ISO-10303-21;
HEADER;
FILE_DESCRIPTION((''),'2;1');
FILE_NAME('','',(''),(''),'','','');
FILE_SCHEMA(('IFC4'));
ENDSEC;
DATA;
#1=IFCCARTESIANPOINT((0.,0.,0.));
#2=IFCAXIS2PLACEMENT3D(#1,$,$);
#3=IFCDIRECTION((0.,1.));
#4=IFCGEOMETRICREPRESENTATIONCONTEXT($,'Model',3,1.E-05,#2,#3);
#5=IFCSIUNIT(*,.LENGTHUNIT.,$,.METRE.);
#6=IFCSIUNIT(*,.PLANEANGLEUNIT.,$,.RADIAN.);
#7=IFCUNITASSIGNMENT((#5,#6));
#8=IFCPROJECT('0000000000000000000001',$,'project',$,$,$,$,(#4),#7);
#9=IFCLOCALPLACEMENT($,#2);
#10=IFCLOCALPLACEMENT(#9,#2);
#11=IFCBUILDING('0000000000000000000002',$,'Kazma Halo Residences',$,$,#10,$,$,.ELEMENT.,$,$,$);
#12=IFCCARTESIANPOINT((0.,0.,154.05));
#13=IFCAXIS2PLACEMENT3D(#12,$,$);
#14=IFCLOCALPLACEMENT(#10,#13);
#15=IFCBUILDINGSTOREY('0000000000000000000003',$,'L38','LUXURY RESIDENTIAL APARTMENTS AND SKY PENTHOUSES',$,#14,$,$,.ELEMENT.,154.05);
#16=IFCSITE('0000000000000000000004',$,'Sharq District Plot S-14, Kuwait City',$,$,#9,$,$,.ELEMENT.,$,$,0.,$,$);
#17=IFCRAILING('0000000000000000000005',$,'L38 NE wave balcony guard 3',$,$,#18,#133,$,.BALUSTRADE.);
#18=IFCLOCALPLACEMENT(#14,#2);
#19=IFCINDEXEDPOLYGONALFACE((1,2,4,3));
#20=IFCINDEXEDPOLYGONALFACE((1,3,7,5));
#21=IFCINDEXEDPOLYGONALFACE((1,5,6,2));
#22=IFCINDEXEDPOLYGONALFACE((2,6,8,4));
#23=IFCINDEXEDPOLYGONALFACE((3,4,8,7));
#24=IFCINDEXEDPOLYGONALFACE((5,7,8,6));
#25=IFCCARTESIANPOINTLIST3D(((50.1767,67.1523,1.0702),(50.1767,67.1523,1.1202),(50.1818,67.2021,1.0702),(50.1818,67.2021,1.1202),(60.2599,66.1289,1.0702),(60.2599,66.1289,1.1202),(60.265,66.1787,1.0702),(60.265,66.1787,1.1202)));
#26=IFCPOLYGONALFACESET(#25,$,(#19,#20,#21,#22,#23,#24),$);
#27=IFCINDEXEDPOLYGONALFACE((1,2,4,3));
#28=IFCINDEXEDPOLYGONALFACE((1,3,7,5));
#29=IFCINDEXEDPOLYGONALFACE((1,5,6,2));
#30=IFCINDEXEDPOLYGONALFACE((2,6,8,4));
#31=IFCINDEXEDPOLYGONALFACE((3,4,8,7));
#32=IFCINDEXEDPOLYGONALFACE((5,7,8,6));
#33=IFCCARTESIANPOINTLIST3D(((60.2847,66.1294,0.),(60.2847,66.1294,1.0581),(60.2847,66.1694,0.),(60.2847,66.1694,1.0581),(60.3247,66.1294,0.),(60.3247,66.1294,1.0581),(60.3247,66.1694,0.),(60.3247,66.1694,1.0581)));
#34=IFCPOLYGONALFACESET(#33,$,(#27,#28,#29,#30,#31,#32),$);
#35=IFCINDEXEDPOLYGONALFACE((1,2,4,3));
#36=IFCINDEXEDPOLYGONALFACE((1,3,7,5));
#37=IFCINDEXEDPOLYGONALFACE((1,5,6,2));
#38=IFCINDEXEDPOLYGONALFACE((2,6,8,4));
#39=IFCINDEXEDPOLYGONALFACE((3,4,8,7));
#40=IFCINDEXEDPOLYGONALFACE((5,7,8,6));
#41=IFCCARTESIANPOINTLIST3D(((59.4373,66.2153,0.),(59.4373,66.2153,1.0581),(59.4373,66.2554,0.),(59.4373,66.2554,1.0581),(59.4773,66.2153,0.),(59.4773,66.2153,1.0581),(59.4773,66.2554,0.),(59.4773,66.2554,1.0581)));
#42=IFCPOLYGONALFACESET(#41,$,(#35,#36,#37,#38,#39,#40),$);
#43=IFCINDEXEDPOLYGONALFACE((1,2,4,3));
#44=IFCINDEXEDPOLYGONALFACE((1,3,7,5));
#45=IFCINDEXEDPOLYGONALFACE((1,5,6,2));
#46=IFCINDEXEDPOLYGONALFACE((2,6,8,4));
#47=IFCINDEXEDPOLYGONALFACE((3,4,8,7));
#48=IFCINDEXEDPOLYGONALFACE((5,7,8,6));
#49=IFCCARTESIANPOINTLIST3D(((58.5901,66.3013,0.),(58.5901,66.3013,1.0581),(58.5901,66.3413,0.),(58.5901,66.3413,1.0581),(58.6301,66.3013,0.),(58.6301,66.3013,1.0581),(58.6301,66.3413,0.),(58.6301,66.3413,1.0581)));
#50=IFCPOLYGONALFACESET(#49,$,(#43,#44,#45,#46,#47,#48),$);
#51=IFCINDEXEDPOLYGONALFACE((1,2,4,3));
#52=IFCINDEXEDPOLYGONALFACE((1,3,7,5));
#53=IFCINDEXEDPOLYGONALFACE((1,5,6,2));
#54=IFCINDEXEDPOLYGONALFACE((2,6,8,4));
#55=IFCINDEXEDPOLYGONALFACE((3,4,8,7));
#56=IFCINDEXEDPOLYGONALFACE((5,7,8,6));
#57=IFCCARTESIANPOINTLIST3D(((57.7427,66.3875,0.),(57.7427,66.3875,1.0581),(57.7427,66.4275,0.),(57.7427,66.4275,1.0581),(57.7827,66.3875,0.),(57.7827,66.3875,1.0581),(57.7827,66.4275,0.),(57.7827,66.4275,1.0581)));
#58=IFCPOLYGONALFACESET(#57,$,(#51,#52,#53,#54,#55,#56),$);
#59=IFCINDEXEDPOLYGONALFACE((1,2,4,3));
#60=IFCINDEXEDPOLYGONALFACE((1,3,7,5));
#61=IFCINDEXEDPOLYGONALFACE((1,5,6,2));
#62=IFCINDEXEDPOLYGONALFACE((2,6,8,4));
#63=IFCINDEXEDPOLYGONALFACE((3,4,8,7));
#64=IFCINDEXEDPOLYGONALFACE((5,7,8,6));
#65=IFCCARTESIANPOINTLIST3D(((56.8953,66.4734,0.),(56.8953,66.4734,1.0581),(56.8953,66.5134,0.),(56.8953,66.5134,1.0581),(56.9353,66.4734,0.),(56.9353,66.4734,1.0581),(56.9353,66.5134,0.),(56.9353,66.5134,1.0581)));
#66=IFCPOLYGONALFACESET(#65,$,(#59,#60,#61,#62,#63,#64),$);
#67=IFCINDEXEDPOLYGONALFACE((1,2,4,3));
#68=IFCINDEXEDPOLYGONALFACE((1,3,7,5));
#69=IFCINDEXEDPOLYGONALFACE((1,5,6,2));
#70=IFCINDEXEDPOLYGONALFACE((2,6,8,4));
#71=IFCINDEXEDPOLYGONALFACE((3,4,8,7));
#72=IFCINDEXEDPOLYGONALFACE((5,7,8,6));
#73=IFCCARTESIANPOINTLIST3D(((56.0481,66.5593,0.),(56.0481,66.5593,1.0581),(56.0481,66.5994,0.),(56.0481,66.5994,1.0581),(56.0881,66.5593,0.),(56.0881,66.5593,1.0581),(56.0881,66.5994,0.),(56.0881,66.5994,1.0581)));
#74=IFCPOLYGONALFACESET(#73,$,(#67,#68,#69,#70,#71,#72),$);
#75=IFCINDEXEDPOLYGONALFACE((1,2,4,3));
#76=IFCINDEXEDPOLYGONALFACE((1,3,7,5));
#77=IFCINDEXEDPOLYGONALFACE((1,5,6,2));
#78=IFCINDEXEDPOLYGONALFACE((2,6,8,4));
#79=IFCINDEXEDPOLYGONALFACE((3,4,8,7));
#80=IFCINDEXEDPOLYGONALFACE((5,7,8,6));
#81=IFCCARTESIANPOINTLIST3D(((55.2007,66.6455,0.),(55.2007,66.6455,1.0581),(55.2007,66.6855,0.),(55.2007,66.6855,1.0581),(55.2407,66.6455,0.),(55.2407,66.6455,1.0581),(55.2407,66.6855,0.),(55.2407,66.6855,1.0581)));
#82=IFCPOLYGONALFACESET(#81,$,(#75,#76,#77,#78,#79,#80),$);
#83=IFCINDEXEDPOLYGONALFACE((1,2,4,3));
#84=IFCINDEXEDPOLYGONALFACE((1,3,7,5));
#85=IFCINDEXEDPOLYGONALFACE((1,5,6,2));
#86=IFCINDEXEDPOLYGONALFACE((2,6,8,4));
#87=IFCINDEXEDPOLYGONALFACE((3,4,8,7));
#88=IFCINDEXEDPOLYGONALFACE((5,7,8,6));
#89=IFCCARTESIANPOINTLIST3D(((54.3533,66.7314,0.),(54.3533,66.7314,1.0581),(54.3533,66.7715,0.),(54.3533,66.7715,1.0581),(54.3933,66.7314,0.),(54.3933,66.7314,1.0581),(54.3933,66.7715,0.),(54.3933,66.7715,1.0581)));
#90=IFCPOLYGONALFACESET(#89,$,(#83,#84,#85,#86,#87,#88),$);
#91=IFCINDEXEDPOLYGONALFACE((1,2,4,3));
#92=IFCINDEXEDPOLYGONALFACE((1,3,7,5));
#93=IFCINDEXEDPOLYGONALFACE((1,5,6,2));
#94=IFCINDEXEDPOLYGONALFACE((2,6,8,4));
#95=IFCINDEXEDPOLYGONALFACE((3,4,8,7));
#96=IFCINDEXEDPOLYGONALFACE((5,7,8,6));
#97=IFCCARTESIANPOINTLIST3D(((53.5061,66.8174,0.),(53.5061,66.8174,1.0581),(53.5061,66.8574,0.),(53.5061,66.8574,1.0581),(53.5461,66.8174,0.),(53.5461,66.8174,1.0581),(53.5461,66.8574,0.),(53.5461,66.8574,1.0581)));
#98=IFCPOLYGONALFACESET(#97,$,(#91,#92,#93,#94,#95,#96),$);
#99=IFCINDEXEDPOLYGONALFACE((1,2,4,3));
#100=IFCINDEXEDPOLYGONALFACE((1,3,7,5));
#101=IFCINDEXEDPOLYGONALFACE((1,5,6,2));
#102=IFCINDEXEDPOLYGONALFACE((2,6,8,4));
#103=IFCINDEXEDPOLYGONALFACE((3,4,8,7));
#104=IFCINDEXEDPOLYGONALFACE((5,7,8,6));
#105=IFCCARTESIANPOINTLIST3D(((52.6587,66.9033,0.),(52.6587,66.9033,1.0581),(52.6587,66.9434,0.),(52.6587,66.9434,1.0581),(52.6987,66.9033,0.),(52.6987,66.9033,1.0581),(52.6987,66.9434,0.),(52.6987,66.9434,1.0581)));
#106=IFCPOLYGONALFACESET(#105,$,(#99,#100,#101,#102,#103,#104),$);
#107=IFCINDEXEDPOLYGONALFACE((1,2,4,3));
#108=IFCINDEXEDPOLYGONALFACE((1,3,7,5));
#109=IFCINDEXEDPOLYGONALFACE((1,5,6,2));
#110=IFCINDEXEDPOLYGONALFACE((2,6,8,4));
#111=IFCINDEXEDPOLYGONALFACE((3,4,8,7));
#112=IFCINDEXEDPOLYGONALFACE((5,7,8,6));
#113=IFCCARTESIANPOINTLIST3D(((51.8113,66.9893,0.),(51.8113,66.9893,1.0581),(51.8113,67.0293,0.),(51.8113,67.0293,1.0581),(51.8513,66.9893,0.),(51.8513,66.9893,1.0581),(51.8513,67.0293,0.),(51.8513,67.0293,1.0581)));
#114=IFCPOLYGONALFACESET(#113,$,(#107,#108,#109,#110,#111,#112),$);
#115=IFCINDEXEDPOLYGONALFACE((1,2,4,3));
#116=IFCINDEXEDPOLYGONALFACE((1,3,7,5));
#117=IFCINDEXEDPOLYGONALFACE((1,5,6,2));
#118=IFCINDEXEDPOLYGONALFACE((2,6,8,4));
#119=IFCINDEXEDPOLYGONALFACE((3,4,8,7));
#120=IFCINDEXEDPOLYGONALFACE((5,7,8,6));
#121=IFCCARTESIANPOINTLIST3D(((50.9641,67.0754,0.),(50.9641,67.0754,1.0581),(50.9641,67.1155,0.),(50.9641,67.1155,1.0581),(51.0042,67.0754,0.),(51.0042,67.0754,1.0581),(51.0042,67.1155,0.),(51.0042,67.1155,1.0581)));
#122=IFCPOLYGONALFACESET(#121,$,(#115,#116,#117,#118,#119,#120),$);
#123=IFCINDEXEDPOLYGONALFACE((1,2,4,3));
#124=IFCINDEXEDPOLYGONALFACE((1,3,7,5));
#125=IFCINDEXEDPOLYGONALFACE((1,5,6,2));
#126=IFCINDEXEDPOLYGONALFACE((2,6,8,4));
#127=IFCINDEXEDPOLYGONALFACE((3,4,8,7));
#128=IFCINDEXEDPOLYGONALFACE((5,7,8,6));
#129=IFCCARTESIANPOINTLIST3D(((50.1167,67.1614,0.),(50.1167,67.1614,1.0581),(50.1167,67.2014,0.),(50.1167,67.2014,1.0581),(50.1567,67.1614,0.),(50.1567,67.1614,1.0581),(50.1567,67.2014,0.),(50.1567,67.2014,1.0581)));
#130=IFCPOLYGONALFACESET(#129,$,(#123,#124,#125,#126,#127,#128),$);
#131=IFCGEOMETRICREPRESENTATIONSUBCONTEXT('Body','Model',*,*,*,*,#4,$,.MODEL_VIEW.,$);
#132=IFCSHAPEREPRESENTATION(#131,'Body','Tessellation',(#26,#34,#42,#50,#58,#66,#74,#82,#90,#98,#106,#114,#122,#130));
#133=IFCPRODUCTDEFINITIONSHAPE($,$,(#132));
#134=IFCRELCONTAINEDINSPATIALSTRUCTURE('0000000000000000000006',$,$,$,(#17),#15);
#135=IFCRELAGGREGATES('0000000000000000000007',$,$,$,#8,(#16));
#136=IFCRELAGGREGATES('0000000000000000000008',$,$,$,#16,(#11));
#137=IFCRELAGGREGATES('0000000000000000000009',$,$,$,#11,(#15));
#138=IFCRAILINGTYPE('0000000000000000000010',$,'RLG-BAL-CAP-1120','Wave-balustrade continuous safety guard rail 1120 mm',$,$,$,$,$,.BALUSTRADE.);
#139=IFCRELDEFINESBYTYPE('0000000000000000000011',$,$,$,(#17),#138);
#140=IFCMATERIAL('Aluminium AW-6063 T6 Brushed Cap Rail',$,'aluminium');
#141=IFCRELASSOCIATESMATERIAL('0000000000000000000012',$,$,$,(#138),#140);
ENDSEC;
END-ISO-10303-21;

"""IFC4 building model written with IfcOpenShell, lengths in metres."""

from ifc_helpers import new_model, si_unit, direction, frame, origin, origin_2d, place, context, subcontext, project, spatial, rectangle, extrude, material, type_object, element, save


model = new_model("IFC4")

# Units and contexts
model_context = context("Model", 3, precision=1e-05, world=origin(), true_north=direction((0.0, 1.0)))
body_context = subcontext(model_context, "Body", "Model", "MODEL_VIEW")
ifc_project = project(units=[si_unit("LENGTHUNIT", "METRE"), si_unit("PLANEANGLEUNIT", "RADIAN")], contexts=[model_context])

# Site, building, storey
site_placement = place(None, origin())
site = spatial("IfcSite", under=ifc_project, at=site_placement, Name="Sharq District Plot S-14, Kuwait City", CompositionType="ELEMENT", RefElevation=0.0)
building_placement = place(site_placement, origin())
building = spatial("IfcBuilding", under=site, at=building_placement, Name="Kazma Halo Residences", CompositionType="ELEMENT")
storey_placement = place(building_placement, frame((0.0, 0.0, 154.05)))
storey = spatial("IfcBuildingStorey", under=building, at=storey_placement, Name="L38", Description="LUXURY RESIDENTIAL APARTMENTS AND SKY PENTHOUSES", CompositionType="ELEMENT", Elevation=154.05)

# Railing
ifc_material_1 = material(Name="Aluminium AW-6063 T6 Brushed Cap Rail", Category="aluminium")
railing_type = type_object("IfcRailingType", Name="RLG-BAL-CAP-1120", Description="Wave-balustrade continuous safety guard rail 1120 mm", PredefinedType="BALUSTRADE", material=ifc_material_1)
railing_1_placement = place(storey_placement, frame((60.3047, 66.1494, 0.0)))
element("IfcRailing", 1, at=railing_1_placement, inside=storey, type_object=railing_type, Name="L38 NE wave balcony guard 3", PredefinedType="BALUSTRADE", context=body_context, shape_type="SweptSolid", body=[
    extrude(rectangle(XDim=0.05, YDim=0.05, at=origin_2d()), frame((-0.0422, 0.0044, 1.0952), z_axis=(-0.994889, 0.100975, 0.0), x_axis=(-0.100975, -0.994889, 0.0)), (0.0, 0.0, 1.0), 10.135),
    extrude(rectangle(XDim=0.04, YDim=0.04, at=origin_2d()), origin(), (0.0, 0.0, 1.0), 1.0581),
    extrude(rectangle(XDim=0.04, YDim=0.04, at=origin_2d()), frame((-0.8474, 0.0859, 0.0)), (0.0, 0.0, 1.0), 1.0581),
    extrude(rectangle(XDim=0.04, YDim=0.04, at=origin_2d()), frame((-1.6946, 0.1719, 0.0)), (0.0, 0.0, 1.0), 1.0581),
    extrude(rectangle(XDim=0.04, YDim=0.04, at=origin_2d()), frame((-2.542, 0.2581, 0.0)), (0.0, 0.0, 1.0), 1.0581),
    extrude(rectangle(XDim=0.04, YDim=0.04, at=origin_2d()), frame((-3.3894, 0.344, 0.0)), (0.0, 0.0, 1.0), 1.0581),
    extrude(rectangle(XDim=0.04, YDim=0.04, at=origin_2d()), frame((-4.2366, 0.4299, 0.0)), (0.0, 0.0, 1.0), 1.0581),
    extrude(rectangle(XDim=0.04, YDim=0.04, at=origin_2d()), frame((-5.084, 0.5161, 0.0)), (0.0, 0.0, 1.0), 1.0581),
    extrude(rectangle(XDim=0.04, YDim=0.04, at=origin_2d()), frame((-5.9314, 0.6021, 0.0)), (0.0, 0.0, 1.0), 1.0581),
    extrude(rectangle(XDim=0.04, YDim=0.04, at=origin_2d()), frame((-6.7786, 0.688, 0.0)), (0.0, 0.0, 1.0), 1.0581),
    extrude(rectangle(XDim=0.04, YDim=0.04, at=origin_2d()), frame((-7.626, 0.7739, 0.0)), (0.0, 0.0, 1.0), 1.0581),
    extrude(rectangle(XDim=0.04, YDim=0.04, at=origin_2d()), frame((-8.4734, 0.8599, 0.0)), (0.0, 0.0, 1.0), 1.0581),
    extrude(rectangle(XDim=0.04, YDim=0.04, at=origin_2d()), frame((-9.3206, 0.946, 0.0)), (0.0, 0.0, 1.0), 1.0581),
    extrude(rectangle(XDim=0.04, YDim=0.04, at=origin_2d()), frame((-10.168, 1.032, 0.0)), (0.0, 0.0, 1.0), 1.0581),
])

save(model, "model.ifc")
